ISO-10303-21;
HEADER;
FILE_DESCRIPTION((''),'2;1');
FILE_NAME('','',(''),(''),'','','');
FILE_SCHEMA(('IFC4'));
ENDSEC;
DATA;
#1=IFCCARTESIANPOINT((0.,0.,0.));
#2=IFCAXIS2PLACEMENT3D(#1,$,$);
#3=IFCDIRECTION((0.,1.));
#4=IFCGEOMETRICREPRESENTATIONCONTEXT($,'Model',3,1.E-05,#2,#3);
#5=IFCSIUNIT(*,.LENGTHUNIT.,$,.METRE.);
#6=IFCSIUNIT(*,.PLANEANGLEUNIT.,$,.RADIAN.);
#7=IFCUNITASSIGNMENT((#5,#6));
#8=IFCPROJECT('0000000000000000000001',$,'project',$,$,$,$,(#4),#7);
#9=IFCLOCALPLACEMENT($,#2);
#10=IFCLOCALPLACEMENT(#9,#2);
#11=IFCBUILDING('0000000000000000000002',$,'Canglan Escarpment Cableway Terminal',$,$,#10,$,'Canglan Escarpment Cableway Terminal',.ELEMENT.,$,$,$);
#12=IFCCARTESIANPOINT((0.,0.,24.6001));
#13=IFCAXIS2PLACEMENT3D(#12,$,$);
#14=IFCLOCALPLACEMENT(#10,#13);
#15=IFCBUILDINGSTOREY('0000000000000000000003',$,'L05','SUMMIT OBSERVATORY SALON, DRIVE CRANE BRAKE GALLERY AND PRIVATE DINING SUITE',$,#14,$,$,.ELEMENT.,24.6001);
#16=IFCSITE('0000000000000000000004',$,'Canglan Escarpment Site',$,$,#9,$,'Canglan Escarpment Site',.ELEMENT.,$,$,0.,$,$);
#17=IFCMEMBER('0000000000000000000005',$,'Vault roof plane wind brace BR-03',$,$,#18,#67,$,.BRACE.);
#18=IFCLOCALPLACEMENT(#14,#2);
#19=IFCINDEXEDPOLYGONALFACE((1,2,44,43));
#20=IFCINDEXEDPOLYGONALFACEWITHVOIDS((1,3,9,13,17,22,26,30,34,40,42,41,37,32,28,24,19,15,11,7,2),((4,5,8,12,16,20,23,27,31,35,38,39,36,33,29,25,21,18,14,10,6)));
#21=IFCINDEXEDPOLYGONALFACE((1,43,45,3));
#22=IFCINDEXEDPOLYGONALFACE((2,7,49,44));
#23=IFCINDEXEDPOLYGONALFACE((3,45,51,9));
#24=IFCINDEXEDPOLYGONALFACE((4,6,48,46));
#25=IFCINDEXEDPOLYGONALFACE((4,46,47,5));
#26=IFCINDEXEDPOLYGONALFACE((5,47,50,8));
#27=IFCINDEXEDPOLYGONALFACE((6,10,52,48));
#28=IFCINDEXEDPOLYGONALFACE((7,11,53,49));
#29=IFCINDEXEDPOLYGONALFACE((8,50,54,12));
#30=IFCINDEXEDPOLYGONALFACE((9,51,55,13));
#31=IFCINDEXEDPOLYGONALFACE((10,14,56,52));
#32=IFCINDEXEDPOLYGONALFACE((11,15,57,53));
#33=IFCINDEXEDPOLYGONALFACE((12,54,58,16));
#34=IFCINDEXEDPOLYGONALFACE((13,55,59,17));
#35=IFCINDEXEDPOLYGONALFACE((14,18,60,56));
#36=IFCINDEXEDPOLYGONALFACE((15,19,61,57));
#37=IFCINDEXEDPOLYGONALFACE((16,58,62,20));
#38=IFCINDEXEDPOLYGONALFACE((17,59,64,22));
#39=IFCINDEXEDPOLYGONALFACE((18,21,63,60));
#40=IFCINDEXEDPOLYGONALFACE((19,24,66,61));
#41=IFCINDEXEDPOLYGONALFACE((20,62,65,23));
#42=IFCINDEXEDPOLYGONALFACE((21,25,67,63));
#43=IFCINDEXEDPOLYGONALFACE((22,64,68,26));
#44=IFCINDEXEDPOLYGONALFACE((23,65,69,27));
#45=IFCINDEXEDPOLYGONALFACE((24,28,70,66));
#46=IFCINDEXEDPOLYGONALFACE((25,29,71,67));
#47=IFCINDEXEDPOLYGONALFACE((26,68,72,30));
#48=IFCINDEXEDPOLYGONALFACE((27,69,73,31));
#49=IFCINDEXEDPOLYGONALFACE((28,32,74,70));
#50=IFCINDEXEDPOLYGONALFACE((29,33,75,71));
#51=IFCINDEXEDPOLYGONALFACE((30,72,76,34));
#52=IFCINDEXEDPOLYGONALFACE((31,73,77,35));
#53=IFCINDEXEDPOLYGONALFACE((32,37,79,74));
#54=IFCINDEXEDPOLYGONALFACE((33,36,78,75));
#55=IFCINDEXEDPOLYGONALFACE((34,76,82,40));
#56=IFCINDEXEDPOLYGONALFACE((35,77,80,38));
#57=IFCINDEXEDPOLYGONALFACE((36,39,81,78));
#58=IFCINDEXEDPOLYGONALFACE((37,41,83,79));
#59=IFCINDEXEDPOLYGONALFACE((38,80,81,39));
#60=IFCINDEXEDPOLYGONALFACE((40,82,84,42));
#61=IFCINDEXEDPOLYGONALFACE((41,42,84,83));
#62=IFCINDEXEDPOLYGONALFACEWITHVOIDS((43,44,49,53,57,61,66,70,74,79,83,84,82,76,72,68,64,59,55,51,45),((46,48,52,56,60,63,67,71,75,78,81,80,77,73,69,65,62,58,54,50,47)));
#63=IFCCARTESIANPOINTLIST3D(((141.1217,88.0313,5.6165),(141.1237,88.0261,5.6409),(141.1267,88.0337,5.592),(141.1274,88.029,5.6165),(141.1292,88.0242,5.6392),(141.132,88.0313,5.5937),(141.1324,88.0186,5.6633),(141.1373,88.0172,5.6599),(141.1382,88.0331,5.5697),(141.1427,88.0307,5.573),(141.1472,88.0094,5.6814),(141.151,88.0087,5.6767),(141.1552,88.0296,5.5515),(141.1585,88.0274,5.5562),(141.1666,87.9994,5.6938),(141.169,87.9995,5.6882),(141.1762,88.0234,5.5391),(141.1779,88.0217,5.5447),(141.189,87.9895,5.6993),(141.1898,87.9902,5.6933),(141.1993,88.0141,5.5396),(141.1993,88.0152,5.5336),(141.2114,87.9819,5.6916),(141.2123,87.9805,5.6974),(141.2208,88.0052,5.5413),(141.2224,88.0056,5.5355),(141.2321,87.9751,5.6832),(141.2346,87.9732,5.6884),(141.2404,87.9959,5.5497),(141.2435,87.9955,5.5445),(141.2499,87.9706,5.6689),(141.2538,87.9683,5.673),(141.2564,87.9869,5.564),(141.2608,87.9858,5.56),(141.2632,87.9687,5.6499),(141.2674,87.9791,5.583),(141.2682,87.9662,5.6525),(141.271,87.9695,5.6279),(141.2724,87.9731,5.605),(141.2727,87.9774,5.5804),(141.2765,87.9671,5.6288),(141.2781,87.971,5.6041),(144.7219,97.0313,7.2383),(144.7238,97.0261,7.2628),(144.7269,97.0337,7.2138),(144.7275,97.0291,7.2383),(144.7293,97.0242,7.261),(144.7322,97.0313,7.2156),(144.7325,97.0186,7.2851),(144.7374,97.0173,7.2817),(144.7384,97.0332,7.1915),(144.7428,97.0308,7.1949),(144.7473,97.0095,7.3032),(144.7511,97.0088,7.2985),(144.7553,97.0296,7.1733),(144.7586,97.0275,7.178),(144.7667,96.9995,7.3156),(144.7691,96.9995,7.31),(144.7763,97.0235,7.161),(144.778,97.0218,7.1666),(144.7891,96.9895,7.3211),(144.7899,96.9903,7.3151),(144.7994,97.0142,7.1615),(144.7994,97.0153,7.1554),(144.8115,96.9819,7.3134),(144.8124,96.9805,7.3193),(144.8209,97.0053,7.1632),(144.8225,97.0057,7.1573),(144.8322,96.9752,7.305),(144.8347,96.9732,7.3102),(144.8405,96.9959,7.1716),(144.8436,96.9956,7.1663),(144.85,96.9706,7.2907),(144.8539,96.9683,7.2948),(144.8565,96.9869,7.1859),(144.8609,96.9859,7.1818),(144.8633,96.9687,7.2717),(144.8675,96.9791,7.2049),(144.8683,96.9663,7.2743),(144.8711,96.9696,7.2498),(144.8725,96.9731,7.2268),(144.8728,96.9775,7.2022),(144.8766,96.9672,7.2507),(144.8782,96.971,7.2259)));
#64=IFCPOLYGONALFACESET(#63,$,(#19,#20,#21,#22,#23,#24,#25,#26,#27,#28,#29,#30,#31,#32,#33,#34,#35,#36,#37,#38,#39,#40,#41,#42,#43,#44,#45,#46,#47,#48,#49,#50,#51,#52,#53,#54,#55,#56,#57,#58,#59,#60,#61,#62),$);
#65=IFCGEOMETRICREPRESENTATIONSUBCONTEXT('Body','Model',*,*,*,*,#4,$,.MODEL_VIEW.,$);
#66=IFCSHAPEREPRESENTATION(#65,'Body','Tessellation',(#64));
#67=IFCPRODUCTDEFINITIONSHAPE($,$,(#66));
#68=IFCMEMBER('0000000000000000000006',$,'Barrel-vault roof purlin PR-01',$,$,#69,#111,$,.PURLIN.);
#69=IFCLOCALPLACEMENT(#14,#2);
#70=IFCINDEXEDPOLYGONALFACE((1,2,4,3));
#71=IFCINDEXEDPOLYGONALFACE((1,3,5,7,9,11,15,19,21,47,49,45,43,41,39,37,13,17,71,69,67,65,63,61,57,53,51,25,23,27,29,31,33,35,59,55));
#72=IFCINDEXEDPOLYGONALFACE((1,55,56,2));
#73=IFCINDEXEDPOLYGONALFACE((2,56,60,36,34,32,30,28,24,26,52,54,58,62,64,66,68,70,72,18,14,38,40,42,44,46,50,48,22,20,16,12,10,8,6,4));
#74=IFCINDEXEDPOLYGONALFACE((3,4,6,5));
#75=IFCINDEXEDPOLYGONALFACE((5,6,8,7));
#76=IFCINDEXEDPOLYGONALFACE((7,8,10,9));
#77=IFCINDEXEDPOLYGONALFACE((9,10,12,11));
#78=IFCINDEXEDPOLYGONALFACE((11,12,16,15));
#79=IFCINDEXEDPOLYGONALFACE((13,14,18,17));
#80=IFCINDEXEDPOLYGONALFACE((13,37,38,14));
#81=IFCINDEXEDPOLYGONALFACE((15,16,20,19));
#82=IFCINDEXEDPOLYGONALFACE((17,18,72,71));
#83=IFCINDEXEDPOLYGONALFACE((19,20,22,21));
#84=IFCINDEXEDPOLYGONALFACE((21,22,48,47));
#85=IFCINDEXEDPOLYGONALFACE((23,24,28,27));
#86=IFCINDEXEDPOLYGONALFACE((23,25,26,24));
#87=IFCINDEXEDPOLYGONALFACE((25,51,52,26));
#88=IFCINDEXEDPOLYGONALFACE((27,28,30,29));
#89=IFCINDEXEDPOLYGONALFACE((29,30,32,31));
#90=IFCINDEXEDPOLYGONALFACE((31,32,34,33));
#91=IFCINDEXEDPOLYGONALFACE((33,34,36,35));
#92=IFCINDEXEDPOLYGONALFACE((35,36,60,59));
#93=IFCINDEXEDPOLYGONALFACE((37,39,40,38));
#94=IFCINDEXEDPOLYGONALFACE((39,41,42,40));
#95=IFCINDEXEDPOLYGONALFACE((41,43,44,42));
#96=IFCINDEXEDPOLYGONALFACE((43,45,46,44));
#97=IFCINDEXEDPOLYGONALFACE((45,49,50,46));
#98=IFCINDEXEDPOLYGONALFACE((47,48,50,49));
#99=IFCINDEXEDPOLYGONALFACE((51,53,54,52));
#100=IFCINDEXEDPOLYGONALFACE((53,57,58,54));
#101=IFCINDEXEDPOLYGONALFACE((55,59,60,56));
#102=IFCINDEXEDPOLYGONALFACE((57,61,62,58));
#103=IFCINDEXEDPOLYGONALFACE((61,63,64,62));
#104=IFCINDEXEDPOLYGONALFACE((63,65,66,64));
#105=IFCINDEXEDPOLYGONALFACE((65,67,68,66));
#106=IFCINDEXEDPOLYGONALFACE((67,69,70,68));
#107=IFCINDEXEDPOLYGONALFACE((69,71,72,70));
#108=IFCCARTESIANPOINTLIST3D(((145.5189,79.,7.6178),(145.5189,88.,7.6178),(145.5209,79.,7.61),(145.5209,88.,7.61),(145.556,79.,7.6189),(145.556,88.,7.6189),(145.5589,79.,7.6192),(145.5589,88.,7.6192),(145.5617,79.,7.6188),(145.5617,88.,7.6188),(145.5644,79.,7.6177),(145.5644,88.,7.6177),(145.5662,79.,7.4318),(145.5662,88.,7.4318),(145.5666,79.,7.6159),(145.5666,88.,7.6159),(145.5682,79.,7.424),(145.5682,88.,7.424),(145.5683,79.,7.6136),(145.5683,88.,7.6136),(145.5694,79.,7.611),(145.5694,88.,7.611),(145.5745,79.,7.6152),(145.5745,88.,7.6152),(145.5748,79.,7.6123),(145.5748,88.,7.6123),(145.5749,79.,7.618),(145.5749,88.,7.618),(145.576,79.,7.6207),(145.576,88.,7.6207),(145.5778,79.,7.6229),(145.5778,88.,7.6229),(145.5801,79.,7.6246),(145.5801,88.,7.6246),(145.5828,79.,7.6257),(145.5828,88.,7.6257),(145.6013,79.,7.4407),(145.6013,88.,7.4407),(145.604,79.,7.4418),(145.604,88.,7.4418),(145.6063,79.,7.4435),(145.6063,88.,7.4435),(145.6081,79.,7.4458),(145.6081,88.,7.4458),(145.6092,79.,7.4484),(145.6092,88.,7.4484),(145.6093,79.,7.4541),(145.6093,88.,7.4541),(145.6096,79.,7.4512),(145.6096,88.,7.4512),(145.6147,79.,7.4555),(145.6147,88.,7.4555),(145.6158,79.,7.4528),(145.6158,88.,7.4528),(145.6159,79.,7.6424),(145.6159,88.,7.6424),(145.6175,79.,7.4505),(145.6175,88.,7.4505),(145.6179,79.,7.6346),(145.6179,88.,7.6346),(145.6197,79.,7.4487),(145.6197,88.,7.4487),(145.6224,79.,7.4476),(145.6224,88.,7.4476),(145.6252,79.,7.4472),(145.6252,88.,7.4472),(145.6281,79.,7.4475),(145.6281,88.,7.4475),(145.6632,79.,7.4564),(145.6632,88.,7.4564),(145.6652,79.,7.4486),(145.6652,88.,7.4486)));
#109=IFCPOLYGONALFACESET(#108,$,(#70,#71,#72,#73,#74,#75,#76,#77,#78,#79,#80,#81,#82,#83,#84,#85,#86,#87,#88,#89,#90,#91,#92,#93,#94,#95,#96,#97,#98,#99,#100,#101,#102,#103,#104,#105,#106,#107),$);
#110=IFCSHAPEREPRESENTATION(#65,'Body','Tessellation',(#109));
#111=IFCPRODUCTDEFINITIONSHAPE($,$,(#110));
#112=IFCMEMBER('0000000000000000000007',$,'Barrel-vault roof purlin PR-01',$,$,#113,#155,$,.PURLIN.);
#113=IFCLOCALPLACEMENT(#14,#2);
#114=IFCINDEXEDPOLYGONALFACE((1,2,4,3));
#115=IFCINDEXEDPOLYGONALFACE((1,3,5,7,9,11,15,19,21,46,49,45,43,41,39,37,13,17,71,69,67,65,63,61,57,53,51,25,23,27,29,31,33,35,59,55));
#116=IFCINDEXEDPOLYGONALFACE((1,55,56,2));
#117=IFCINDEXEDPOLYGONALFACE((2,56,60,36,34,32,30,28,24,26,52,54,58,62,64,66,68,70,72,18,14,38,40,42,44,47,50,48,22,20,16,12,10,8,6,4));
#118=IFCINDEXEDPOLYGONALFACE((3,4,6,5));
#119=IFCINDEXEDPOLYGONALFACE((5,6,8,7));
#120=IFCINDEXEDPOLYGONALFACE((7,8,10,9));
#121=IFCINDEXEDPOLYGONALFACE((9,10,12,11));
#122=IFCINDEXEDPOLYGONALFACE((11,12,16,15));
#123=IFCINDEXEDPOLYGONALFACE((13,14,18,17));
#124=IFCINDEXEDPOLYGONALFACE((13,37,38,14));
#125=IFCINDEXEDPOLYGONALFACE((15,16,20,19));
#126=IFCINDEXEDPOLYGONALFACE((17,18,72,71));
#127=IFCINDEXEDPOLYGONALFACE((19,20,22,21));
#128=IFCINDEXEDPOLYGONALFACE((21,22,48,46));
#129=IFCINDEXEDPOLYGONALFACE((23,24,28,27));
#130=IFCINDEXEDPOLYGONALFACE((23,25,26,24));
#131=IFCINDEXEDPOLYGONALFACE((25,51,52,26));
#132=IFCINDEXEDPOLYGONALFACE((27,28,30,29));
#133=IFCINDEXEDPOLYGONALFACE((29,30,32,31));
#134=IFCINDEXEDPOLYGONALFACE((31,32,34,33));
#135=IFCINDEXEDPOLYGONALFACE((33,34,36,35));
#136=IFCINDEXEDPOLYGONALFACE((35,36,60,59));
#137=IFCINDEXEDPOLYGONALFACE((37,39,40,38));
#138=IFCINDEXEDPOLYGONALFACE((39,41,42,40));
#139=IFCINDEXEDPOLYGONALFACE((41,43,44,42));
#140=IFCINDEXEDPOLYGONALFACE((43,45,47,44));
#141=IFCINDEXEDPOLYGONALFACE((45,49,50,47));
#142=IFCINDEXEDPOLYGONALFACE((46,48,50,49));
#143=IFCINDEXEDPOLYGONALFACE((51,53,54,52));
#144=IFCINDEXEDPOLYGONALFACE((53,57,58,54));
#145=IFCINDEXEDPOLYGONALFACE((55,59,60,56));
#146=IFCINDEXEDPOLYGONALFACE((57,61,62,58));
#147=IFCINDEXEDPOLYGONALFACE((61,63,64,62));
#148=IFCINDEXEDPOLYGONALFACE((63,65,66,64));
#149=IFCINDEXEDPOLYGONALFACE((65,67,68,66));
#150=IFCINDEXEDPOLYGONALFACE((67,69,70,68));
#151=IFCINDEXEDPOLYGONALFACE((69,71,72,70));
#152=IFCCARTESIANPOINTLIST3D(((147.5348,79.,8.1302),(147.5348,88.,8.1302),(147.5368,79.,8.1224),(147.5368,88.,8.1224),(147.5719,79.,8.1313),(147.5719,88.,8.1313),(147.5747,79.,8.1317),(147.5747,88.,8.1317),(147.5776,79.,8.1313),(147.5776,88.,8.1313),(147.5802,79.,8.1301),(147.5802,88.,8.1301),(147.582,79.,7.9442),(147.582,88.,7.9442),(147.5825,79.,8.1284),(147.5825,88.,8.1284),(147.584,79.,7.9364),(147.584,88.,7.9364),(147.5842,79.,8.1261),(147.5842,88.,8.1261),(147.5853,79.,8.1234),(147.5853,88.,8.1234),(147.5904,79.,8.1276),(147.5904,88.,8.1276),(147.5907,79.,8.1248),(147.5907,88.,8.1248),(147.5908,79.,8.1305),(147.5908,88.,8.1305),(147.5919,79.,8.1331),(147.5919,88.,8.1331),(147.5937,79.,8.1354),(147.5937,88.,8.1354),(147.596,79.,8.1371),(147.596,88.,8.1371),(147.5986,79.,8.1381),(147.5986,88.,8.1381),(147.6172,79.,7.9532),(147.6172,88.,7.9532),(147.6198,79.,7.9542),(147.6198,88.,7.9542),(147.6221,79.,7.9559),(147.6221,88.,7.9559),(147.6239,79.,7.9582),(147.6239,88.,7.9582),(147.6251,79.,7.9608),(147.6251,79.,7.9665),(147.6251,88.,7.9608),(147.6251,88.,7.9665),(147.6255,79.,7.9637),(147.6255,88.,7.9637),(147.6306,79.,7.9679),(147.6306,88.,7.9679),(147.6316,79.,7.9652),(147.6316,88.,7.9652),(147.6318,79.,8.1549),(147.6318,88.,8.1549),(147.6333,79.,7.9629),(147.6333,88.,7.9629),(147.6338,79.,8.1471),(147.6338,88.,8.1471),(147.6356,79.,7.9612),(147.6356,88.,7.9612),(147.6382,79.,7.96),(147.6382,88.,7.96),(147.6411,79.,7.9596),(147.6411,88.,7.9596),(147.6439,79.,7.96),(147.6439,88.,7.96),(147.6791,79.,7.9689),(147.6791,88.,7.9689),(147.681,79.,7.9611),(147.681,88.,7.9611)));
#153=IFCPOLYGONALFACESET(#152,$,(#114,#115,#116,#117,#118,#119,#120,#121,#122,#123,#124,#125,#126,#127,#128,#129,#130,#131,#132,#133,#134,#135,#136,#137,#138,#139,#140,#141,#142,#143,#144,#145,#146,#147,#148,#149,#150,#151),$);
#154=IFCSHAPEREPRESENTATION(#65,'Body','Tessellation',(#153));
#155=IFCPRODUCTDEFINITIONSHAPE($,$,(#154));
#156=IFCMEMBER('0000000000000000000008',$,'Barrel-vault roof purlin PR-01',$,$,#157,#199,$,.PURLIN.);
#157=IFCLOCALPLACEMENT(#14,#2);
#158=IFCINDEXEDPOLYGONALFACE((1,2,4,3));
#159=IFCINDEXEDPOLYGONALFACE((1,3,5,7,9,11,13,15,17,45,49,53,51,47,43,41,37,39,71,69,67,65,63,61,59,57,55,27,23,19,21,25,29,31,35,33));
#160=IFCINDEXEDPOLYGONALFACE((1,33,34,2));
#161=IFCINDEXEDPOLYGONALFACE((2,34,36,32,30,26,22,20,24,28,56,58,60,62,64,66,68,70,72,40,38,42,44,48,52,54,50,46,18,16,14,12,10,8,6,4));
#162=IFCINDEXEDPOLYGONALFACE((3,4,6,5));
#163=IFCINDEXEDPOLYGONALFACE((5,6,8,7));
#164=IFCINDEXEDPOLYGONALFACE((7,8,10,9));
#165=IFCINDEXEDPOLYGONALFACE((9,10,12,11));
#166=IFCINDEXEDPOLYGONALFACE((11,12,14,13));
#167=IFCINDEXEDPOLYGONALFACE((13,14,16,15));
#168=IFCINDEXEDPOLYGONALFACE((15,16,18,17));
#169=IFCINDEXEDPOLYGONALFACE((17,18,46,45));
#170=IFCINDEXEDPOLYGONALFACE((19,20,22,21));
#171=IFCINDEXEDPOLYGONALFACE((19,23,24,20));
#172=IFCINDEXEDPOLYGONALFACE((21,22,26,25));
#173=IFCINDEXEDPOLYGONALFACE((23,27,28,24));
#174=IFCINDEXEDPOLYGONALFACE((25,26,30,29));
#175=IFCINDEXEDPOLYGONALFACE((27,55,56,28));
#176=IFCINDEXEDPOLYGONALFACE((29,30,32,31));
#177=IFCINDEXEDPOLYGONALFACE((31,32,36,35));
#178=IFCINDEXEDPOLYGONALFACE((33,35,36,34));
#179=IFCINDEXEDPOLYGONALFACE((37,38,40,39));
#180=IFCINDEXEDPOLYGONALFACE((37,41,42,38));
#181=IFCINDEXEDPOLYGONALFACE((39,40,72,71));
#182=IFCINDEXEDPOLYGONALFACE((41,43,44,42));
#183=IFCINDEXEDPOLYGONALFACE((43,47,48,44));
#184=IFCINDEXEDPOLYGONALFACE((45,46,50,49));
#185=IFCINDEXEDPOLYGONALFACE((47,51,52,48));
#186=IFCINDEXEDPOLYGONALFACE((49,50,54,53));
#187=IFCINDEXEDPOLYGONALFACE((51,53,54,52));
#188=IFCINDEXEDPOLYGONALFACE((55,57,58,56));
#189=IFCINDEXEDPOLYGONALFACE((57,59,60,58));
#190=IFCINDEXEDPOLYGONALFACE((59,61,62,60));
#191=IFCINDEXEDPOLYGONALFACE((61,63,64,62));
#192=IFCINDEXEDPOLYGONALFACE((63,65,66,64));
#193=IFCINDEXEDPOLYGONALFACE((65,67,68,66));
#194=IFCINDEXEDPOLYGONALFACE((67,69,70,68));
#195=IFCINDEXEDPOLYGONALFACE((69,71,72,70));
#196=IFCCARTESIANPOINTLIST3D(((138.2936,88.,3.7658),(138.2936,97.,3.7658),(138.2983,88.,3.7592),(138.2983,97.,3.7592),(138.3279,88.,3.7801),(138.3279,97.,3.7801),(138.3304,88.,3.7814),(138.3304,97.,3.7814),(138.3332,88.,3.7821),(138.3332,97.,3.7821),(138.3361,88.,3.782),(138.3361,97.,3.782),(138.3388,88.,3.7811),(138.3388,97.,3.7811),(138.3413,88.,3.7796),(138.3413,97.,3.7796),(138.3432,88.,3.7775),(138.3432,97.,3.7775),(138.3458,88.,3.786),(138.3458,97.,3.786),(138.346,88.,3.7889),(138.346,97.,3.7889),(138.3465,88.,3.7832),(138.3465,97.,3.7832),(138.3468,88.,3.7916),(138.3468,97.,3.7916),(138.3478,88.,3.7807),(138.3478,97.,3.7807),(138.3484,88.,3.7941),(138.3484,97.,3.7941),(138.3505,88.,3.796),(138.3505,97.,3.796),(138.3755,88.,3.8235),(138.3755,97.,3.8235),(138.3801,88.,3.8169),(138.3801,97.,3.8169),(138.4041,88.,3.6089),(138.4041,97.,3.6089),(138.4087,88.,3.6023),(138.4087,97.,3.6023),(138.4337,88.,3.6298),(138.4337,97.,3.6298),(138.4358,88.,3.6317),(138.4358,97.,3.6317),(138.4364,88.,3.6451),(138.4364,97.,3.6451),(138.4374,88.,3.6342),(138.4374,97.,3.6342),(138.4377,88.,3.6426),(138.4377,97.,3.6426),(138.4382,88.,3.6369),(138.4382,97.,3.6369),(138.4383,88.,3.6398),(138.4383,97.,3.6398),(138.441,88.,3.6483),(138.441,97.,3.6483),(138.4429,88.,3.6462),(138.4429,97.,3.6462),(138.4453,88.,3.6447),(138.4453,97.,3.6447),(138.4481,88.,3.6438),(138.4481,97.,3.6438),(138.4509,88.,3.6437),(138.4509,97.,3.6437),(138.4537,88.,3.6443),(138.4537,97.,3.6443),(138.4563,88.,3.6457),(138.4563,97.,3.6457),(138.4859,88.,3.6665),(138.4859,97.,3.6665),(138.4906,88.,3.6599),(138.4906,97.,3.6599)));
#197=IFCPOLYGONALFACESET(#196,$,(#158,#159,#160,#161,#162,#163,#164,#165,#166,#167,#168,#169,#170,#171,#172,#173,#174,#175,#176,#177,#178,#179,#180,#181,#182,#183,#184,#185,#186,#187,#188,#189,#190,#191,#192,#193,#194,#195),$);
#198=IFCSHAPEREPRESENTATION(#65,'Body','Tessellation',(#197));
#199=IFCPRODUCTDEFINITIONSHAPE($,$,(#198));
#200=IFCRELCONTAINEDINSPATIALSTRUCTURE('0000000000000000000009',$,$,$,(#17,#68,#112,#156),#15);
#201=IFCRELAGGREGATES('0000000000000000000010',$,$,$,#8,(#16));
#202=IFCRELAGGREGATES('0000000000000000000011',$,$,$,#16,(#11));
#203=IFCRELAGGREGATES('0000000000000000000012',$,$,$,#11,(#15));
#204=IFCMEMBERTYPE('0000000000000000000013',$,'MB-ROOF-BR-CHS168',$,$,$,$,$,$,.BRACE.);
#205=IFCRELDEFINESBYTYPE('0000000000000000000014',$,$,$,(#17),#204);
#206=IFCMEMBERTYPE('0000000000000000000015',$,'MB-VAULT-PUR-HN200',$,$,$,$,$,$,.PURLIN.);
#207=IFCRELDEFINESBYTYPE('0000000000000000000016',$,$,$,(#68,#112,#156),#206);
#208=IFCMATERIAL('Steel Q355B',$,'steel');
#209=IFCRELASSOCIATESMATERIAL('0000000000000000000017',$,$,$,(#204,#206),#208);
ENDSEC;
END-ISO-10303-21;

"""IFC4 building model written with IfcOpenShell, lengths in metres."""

from ifc_helpers import new_model, si_unit, direction, frame, origin, origin_2d, place, context, subcontext, project, spatial, hollow_circle, i_section, extrude, material, material_profile, profile_set, type_object, element, save


model = new_model("IFC4")

# Units and contexts
model_context = context("Model", 3, precision=1e-05, world=origin(), true_north=direction((0.0, 1.0)))
body_context = subcontext(model_context, "Body", "Model", "MODEL_VIEW")
ifc_project = project(units=[si_unit("LENGTHUNIT", "METRE"), si_unit("PLANEANGLEUNIT", "RADIAN")], contexts=[model_context])

# Site, building, storey
site_placement = place(None, origin())
site = spatial("IfcSite", under=ifc_project, at=site_placement, Name="Canglan Escarpment Site", LongName="Canglan Escarpment Site", CompositionType="ELEMENT", RefElevation=0.0)
building_placement = place(site_placement, origin())
building = spatial("IfcBuilding", under=site, at=building_placement, Name="Canglan Escarpment Cableway Terminal", LongName="Canglan Escarpment Cableway Terminal", CompositionType="ELEMENT")
storey_placement = place(building_placement, frame((0.0, 0.0, 24.6001)))
storey = spatial("IfcBuildingStorey", under=building, at=storey_placement, Name="L05", Description="SUMMIT OBSERVATORY SALON, DRIVE CRANE BRAKE GALLERY AND PRIVATE DINING SUITE", CompositionType="ELEMENT", Elevation=24.6001)

# Shared definitions
ifc_material_1 = material(Name="Steel Q355B", Category="steel")

# Members
ifc_material_profile_1 = material_profile(ifc_material_1, hollow_circle(Radius=0.0842, WallThickness=0.0061, at=origin_2d()), Name="CHS 168.3x6")
ifc_profile_set_1 = profile_set([ifc_material_profile_1], Name="Steel Q355B")
member_type_1 = type_object("IfcMemberType", Name="MB-ROOF-BR-CHS168", PredefinedType="BRACE", material=ifc_profile_set_1)
member_1_placement = place(storey_placement, frame((141.2, 88.0, 5.6165), z_axis=(0.366308, 0.915744, 0.16502), x_axis=(-0.928473, 0.371399, 0.0)))
element("IfcMember", 1, at=member_1_placement, inside=storey, type_object=member_type_1, Name="Vault roof plane wind brace BR-03", PredefinedType="BRACE", context=body_context, shape_type="SweptSolid", body=[
    extrude(hollow_circle(Radius=0.0842, WallThickness=0.0061, at=origin_2d()), origin(), (0.0, 0.0, 1.0), 9.8281),
])
ifc_material_profile_2 = material_profile(ifc_material_1, i_section(OverallWidth=0.1001, OverallDepth=0.2, WebThickness=0.0056, FlangeThickness=0.0081, FilletRadius=0.011, at=origin_2d()), Name="HN 200x100x5.5x8")
ifc_profile_set_2 = profile_set([ifc_material_profile_2], Name="Steel Q355B")
member_type_2 = type_object("IfcMemberType", Name="MB-VAULT-PUR-HN200", PredefinedType="PURLIN", material=ifc_profile_set_2)
for number, where, z_axis, x_axis, name in (
    (2, (145.592, 79.0, 7.5332), (0.0, 1.0, 0.0), (-0.969184, 0.0, -0.246339), "Barrel-vault roof purlin PR-01"),
    (3, (147.6079, 79.0, 8.0457), (0.0, 1.0, 0.0), (-0.969184, 0.0, -0.246339), "Barrel-vault roof purlin PR-01"),
    (4, (138.3921, 88.0, 3.7129), (0.0, 1.0, 0.0), (-0.817728, 0.0, -0.575605), "Barrel-vault roof purlin PR-01"),
):
    element("IfcMember", number, at=place(storey_placement, frame(where, z_axis=z_axis, x_axis=x_axis)), inside=storey, type_object=member_type_2, Name=name, PredefinedType="PURLIN", context=body_context, shape_type="SweptSolid", body=[
        extrude(i_section(OverallWidth=0.1001, OverallDepth=0.2, WebThickness=0.0056, FlangeThickness=0.0081, FilletRadius=0.011, at=origin_2d()), origin(), (0.0, 0.0, 1.0), 9.0),
    ])

save(model, "model.ifc")
